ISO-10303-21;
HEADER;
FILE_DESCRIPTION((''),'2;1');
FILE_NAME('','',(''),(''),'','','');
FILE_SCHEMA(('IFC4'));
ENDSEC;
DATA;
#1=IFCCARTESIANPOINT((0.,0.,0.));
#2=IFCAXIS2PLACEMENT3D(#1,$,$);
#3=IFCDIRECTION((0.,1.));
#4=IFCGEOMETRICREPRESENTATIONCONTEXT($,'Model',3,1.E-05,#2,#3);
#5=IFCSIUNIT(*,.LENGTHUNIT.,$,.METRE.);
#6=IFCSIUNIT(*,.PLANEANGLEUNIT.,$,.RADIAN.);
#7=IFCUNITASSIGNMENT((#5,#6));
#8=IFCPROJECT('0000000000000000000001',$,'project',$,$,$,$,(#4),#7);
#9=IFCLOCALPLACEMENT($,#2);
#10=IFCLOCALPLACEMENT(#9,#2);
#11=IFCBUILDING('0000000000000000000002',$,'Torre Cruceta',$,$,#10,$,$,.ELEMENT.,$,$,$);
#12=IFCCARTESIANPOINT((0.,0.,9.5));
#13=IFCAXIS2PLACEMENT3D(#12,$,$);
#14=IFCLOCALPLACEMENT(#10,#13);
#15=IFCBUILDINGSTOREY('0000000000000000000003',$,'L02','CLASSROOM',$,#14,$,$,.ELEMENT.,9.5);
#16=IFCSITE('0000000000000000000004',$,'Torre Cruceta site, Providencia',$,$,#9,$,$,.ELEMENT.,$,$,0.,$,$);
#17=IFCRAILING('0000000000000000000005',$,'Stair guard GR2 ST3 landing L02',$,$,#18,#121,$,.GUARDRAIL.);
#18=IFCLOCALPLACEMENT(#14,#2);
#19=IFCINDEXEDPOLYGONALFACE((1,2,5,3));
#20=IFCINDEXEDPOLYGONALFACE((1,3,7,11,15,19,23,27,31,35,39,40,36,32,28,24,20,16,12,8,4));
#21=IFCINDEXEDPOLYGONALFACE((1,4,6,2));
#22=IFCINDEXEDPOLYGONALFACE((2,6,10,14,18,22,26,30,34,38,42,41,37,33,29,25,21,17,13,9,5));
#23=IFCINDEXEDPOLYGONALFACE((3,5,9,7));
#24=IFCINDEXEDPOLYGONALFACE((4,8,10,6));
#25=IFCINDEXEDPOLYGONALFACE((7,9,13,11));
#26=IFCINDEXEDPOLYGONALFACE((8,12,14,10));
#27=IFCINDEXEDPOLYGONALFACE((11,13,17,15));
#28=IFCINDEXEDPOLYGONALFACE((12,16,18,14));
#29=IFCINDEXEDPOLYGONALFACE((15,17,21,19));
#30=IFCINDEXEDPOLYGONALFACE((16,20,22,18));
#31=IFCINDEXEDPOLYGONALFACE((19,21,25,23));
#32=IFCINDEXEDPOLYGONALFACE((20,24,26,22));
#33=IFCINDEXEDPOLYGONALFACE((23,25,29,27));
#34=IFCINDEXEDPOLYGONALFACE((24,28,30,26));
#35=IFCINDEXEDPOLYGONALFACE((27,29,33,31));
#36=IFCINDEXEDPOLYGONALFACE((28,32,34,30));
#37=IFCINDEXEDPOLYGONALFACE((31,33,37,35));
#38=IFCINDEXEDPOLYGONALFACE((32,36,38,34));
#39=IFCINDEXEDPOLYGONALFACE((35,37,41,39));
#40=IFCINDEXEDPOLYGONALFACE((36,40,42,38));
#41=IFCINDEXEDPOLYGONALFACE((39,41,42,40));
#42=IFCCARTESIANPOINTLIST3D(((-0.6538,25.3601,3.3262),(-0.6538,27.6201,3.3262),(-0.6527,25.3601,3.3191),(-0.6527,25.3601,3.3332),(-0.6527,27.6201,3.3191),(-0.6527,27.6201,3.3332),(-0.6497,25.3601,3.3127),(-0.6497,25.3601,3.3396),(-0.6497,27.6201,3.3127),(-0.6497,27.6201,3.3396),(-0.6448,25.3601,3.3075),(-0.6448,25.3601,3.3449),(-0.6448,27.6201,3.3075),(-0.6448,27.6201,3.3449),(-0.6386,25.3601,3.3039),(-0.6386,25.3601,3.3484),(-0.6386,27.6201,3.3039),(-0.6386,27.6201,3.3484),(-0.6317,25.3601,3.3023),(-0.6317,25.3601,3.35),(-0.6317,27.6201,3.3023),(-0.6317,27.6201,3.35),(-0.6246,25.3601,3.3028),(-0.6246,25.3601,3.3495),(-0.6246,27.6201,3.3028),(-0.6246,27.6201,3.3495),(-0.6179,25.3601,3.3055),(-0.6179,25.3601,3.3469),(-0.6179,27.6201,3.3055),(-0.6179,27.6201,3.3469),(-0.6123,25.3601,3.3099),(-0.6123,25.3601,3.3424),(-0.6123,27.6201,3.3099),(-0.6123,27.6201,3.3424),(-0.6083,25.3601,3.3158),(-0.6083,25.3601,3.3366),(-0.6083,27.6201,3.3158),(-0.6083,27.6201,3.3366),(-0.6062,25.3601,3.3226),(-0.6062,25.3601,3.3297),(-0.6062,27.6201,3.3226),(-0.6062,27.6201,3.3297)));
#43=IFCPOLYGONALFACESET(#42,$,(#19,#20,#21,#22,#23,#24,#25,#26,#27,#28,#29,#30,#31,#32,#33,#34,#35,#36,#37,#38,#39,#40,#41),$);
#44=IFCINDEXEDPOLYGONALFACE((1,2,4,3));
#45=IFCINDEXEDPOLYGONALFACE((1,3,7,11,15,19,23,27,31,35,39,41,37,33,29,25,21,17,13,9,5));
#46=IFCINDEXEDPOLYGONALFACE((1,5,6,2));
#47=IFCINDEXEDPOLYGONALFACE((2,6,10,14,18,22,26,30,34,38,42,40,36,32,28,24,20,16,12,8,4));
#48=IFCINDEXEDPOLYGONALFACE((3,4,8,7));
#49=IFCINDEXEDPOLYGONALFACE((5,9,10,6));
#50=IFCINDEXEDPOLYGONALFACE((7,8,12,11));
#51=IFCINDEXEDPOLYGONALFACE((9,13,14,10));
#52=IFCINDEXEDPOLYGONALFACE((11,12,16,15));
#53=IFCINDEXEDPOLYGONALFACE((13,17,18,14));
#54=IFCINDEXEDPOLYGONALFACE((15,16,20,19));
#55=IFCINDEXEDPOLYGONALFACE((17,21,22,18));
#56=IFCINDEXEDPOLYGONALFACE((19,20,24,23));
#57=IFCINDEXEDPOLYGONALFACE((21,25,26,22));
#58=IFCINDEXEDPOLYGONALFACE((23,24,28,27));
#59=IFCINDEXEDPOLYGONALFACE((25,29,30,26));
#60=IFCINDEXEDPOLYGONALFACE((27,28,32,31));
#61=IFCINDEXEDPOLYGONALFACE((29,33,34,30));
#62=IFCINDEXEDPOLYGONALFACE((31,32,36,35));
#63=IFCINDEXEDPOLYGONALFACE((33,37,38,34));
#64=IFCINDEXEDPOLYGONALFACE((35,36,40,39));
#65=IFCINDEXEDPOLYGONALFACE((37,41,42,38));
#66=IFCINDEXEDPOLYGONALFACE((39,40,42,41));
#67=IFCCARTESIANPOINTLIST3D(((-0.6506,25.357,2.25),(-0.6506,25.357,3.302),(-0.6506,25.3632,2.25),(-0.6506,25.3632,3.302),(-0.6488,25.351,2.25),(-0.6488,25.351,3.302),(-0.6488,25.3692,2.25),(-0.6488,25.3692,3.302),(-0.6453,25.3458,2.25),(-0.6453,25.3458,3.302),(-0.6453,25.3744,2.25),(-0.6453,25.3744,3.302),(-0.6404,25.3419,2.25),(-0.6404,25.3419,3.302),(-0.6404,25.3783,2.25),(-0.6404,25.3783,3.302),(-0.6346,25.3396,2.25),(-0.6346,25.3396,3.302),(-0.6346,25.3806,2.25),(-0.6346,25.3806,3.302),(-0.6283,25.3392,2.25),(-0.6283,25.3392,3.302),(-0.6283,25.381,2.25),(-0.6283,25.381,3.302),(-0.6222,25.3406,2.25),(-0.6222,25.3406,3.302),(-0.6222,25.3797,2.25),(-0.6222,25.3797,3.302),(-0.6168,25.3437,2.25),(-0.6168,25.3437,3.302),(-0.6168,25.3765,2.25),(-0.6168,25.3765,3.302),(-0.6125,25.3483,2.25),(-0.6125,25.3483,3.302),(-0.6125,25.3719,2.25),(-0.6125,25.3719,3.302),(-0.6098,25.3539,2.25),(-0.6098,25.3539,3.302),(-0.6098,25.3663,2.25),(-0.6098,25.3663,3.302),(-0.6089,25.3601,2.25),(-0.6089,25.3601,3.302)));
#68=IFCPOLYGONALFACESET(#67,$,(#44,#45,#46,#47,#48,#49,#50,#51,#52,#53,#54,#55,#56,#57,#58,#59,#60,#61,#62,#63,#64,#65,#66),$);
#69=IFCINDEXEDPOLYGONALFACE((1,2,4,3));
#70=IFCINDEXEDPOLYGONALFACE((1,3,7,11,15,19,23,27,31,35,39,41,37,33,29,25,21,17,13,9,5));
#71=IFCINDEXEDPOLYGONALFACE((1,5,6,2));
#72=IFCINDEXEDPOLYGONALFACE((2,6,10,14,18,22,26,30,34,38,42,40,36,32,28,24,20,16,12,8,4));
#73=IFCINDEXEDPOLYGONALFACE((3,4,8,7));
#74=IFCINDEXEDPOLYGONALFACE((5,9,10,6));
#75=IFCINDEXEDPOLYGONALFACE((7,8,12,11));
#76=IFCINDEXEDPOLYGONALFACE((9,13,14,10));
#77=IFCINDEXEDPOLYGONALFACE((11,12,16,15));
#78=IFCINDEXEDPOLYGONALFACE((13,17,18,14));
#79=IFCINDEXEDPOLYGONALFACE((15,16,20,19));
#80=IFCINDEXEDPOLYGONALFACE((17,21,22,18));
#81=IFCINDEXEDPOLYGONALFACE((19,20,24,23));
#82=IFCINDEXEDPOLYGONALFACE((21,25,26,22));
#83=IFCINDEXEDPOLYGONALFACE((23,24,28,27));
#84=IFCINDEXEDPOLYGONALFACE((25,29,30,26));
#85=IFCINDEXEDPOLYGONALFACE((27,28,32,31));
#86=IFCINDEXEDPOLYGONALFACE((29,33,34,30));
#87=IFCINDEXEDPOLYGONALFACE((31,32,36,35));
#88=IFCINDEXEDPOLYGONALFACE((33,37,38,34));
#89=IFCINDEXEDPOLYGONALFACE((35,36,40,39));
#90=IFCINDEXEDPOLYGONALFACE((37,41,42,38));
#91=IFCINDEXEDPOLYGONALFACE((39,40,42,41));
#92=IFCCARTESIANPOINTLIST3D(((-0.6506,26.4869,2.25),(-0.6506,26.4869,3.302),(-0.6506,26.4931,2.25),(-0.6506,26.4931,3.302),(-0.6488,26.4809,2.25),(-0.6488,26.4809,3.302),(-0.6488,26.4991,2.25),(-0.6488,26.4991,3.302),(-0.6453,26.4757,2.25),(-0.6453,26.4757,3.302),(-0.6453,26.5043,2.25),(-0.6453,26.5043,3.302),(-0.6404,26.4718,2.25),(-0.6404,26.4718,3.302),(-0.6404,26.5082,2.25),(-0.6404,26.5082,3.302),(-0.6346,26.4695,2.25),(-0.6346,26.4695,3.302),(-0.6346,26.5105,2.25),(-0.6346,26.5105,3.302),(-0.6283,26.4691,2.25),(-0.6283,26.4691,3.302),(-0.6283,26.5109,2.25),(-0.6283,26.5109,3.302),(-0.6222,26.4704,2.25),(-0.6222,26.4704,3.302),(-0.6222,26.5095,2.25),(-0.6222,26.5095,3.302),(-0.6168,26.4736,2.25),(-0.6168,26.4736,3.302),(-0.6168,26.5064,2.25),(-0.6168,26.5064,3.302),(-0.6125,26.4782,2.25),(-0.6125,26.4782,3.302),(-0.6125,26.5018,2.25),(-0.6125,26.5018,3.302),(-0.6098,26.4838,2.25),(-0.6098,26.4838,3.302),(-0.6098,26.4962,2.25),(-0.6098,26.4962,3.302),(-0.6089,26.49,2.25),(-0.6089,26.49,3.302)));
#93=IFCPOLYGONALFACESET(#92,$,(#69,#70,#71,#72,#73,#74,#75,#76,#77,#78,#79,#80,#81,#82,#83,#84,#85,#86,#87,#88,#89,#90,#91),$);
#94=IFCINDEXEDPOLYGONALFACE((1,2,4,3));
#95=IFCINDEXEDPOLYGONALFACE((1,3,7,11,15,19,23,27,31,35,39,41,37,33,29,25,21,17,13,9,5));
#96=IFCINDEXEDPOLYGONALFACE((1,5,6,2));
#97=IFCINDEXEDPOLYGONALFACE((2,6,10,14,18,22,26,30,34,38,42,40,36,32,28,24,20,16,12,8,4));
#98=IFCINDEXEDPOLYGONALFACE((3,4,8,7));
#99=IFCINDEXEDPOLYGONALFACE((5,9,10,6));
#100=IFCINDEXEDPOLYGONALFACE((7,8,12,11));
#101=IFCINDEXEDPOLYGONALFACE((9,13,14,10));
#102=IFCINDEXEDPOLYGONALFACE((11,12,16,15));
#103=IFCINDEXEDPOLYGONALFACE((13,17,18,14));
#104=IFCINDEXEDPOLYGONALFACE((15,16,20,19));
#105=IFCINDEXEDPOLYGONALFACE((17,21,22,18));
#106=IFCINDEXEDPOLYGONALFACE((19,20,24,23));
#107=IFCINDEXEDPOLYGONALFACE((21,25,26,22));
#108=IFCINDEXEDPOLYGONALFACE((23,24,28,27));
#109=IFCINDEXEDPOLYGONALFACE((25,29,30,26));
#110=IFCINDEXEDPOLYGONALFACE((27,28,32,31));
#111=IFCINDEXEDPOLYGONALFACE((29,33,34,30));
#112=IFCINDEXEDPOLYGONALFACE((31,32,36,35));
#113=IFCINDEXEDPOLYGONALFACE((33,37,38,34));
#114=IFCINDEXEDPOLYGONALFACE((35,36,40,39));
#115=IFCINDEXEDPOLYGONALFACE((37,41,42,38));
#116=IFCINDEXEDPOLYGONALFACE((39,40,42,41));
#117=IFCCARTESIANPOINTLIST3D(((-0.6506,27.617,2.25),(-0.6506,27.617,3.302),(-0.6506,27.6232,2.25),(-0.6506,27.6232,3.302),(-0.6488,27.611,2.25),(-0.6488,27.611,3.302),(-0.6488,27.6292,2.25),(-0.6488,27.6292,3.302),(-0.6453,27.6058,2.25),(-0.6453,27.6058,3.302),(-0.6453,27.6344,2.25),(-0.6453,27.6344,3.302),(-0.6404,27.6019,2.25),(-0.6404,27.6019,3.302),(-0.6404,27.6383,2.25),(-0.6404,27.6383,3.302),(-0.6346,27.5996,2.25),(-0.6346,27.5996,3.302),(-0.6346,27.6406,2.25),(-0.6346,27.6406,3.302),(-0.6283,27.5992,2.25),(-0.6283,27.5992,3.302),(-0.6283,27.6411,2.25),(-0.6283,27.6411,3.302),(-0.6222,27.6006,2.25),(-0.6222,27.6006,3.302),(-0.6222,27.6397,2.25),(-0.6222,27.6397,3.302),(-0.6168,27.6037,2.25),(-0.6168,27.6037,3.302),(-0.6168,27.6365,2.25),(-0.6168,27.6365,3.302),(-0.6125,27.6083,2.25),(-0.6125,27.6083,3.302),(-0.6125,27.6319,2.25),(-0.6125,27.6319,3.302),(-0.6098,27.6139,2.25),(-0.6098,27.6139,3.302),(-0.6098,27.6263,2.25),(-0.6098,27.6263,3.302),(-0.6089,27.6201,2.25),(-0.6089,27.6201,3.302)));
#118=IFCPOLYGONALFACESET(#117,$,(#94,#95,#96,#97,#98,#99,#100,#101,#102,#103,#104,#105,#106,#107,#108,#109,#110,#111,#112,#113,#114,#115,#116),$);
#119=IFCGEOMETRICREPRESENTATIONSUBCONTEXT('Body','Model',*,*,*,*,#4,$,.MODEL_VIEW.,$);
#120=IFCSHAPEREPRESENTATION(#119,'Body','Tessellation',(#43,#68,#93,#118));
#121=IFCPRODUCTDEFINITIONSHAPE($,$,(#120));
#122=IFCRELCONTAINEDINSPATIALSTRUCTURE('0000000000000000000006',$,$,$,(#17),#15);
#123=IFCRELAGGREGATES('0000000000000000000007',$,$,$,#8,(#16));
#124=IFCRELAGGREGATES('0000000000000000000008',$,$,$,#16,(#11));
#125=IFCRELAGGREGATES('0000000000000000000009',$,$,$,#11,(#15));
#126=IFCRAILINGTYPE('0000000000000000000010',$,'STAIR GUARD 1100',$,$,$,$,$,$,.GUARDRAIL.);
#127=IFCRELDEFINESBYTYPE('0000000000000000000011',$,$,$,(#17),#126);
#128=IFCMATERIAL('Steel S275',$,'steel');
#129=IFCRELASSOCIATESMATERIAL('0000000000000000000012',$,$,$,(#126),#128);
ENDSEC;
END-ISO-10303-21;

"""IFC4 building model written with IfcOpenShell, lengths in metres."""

from ifc_helpers import new_model, si_unit, direction, frame, origin, origin_2d, place, context, subcontext, project, spatial, circle, extrude, material, type_object, element, save


model = new_model("IFC4")

# Units and contexts
model_context = context("Model", 3, precision=1e-05, world=origin(), true_north=direction((0.0, 1.0)))
body_context = subcontext(model_context, "Body", "Model", "MODEL_VIEW")
ifc_project = project(units=[si_unit("LENGTHUNIT", "METRE"), si_unit("PLANEANGLEUNIT", "RADIAN")], contexts=[model_context])

# Site, building, storey
site_placement = place(None, origin())
site = spatial("IfcSite", under=ifc_project, at=site_placement, Name="Torre Cruceta site, Providencia", CompositionType="ELEMENT", RefElevation=0.0)
building_placement = place(site_placement, origin())
building = spatial("IfcBuilding", under=site, at=building_placement, Name="Torre Cruceta", CompositionType="ELEMENT")
storey_placement = place(building_placement, frame((0.0, 0.0, 9.5)))
storey = spatial("IfcBuildingStorey", under=building, at=storey_placement, Name="L02", Description="CLASSROOM", CompositionType="ELEMENT", Elevation=9.5)

# Railing
ifc_material_1 = material(Name="Steel S275", Category="steel")
railing_type_1 = type_object("IfcRailingType", Name="STAIR GUARD 1100", PredefinedType="GUARDRAIL", material=ifc_material_1)
railing_1_placement = place(storey_placement, frame((-0.6299, 25.3601, 2.25)))
element("IfcRailing", 1, at=railing_1_placement, inside=storey, type_object=railing_type_1, Name="Stair guard GR2 ST3 landing L02", PredefinedType="GUARDRAIL", context=body_context, shape_type="SweptSolid", body=[
    extrude(circle(Radius=0.0239, at=origin_2d()), frame((0.0, 0.0, 1.0762), z_axis=(0.0, 1.0, 0.0), x_axis=(-1.0, 0.0, 0.0)), (0.0, 0.0, 1.0), 2.26),
    extrude(circle(Radius=0.021, at=origin_2d()), origin(), (0.0, 0.0, 1.0), 1.052),
    extrude(circle(Radius=0.021, at=origin_2d()), frame((0.0, 1.1299, 0.0)), (0.0, 0.0, 1.0), 1.052),
    extrude(circle(Radius=0.021, at=origin_2d()), frame((0.0, 2.26, 0.0)), (0.0, 0.0, 1.0), 1.052),
])

save(model, "model.ifc")
